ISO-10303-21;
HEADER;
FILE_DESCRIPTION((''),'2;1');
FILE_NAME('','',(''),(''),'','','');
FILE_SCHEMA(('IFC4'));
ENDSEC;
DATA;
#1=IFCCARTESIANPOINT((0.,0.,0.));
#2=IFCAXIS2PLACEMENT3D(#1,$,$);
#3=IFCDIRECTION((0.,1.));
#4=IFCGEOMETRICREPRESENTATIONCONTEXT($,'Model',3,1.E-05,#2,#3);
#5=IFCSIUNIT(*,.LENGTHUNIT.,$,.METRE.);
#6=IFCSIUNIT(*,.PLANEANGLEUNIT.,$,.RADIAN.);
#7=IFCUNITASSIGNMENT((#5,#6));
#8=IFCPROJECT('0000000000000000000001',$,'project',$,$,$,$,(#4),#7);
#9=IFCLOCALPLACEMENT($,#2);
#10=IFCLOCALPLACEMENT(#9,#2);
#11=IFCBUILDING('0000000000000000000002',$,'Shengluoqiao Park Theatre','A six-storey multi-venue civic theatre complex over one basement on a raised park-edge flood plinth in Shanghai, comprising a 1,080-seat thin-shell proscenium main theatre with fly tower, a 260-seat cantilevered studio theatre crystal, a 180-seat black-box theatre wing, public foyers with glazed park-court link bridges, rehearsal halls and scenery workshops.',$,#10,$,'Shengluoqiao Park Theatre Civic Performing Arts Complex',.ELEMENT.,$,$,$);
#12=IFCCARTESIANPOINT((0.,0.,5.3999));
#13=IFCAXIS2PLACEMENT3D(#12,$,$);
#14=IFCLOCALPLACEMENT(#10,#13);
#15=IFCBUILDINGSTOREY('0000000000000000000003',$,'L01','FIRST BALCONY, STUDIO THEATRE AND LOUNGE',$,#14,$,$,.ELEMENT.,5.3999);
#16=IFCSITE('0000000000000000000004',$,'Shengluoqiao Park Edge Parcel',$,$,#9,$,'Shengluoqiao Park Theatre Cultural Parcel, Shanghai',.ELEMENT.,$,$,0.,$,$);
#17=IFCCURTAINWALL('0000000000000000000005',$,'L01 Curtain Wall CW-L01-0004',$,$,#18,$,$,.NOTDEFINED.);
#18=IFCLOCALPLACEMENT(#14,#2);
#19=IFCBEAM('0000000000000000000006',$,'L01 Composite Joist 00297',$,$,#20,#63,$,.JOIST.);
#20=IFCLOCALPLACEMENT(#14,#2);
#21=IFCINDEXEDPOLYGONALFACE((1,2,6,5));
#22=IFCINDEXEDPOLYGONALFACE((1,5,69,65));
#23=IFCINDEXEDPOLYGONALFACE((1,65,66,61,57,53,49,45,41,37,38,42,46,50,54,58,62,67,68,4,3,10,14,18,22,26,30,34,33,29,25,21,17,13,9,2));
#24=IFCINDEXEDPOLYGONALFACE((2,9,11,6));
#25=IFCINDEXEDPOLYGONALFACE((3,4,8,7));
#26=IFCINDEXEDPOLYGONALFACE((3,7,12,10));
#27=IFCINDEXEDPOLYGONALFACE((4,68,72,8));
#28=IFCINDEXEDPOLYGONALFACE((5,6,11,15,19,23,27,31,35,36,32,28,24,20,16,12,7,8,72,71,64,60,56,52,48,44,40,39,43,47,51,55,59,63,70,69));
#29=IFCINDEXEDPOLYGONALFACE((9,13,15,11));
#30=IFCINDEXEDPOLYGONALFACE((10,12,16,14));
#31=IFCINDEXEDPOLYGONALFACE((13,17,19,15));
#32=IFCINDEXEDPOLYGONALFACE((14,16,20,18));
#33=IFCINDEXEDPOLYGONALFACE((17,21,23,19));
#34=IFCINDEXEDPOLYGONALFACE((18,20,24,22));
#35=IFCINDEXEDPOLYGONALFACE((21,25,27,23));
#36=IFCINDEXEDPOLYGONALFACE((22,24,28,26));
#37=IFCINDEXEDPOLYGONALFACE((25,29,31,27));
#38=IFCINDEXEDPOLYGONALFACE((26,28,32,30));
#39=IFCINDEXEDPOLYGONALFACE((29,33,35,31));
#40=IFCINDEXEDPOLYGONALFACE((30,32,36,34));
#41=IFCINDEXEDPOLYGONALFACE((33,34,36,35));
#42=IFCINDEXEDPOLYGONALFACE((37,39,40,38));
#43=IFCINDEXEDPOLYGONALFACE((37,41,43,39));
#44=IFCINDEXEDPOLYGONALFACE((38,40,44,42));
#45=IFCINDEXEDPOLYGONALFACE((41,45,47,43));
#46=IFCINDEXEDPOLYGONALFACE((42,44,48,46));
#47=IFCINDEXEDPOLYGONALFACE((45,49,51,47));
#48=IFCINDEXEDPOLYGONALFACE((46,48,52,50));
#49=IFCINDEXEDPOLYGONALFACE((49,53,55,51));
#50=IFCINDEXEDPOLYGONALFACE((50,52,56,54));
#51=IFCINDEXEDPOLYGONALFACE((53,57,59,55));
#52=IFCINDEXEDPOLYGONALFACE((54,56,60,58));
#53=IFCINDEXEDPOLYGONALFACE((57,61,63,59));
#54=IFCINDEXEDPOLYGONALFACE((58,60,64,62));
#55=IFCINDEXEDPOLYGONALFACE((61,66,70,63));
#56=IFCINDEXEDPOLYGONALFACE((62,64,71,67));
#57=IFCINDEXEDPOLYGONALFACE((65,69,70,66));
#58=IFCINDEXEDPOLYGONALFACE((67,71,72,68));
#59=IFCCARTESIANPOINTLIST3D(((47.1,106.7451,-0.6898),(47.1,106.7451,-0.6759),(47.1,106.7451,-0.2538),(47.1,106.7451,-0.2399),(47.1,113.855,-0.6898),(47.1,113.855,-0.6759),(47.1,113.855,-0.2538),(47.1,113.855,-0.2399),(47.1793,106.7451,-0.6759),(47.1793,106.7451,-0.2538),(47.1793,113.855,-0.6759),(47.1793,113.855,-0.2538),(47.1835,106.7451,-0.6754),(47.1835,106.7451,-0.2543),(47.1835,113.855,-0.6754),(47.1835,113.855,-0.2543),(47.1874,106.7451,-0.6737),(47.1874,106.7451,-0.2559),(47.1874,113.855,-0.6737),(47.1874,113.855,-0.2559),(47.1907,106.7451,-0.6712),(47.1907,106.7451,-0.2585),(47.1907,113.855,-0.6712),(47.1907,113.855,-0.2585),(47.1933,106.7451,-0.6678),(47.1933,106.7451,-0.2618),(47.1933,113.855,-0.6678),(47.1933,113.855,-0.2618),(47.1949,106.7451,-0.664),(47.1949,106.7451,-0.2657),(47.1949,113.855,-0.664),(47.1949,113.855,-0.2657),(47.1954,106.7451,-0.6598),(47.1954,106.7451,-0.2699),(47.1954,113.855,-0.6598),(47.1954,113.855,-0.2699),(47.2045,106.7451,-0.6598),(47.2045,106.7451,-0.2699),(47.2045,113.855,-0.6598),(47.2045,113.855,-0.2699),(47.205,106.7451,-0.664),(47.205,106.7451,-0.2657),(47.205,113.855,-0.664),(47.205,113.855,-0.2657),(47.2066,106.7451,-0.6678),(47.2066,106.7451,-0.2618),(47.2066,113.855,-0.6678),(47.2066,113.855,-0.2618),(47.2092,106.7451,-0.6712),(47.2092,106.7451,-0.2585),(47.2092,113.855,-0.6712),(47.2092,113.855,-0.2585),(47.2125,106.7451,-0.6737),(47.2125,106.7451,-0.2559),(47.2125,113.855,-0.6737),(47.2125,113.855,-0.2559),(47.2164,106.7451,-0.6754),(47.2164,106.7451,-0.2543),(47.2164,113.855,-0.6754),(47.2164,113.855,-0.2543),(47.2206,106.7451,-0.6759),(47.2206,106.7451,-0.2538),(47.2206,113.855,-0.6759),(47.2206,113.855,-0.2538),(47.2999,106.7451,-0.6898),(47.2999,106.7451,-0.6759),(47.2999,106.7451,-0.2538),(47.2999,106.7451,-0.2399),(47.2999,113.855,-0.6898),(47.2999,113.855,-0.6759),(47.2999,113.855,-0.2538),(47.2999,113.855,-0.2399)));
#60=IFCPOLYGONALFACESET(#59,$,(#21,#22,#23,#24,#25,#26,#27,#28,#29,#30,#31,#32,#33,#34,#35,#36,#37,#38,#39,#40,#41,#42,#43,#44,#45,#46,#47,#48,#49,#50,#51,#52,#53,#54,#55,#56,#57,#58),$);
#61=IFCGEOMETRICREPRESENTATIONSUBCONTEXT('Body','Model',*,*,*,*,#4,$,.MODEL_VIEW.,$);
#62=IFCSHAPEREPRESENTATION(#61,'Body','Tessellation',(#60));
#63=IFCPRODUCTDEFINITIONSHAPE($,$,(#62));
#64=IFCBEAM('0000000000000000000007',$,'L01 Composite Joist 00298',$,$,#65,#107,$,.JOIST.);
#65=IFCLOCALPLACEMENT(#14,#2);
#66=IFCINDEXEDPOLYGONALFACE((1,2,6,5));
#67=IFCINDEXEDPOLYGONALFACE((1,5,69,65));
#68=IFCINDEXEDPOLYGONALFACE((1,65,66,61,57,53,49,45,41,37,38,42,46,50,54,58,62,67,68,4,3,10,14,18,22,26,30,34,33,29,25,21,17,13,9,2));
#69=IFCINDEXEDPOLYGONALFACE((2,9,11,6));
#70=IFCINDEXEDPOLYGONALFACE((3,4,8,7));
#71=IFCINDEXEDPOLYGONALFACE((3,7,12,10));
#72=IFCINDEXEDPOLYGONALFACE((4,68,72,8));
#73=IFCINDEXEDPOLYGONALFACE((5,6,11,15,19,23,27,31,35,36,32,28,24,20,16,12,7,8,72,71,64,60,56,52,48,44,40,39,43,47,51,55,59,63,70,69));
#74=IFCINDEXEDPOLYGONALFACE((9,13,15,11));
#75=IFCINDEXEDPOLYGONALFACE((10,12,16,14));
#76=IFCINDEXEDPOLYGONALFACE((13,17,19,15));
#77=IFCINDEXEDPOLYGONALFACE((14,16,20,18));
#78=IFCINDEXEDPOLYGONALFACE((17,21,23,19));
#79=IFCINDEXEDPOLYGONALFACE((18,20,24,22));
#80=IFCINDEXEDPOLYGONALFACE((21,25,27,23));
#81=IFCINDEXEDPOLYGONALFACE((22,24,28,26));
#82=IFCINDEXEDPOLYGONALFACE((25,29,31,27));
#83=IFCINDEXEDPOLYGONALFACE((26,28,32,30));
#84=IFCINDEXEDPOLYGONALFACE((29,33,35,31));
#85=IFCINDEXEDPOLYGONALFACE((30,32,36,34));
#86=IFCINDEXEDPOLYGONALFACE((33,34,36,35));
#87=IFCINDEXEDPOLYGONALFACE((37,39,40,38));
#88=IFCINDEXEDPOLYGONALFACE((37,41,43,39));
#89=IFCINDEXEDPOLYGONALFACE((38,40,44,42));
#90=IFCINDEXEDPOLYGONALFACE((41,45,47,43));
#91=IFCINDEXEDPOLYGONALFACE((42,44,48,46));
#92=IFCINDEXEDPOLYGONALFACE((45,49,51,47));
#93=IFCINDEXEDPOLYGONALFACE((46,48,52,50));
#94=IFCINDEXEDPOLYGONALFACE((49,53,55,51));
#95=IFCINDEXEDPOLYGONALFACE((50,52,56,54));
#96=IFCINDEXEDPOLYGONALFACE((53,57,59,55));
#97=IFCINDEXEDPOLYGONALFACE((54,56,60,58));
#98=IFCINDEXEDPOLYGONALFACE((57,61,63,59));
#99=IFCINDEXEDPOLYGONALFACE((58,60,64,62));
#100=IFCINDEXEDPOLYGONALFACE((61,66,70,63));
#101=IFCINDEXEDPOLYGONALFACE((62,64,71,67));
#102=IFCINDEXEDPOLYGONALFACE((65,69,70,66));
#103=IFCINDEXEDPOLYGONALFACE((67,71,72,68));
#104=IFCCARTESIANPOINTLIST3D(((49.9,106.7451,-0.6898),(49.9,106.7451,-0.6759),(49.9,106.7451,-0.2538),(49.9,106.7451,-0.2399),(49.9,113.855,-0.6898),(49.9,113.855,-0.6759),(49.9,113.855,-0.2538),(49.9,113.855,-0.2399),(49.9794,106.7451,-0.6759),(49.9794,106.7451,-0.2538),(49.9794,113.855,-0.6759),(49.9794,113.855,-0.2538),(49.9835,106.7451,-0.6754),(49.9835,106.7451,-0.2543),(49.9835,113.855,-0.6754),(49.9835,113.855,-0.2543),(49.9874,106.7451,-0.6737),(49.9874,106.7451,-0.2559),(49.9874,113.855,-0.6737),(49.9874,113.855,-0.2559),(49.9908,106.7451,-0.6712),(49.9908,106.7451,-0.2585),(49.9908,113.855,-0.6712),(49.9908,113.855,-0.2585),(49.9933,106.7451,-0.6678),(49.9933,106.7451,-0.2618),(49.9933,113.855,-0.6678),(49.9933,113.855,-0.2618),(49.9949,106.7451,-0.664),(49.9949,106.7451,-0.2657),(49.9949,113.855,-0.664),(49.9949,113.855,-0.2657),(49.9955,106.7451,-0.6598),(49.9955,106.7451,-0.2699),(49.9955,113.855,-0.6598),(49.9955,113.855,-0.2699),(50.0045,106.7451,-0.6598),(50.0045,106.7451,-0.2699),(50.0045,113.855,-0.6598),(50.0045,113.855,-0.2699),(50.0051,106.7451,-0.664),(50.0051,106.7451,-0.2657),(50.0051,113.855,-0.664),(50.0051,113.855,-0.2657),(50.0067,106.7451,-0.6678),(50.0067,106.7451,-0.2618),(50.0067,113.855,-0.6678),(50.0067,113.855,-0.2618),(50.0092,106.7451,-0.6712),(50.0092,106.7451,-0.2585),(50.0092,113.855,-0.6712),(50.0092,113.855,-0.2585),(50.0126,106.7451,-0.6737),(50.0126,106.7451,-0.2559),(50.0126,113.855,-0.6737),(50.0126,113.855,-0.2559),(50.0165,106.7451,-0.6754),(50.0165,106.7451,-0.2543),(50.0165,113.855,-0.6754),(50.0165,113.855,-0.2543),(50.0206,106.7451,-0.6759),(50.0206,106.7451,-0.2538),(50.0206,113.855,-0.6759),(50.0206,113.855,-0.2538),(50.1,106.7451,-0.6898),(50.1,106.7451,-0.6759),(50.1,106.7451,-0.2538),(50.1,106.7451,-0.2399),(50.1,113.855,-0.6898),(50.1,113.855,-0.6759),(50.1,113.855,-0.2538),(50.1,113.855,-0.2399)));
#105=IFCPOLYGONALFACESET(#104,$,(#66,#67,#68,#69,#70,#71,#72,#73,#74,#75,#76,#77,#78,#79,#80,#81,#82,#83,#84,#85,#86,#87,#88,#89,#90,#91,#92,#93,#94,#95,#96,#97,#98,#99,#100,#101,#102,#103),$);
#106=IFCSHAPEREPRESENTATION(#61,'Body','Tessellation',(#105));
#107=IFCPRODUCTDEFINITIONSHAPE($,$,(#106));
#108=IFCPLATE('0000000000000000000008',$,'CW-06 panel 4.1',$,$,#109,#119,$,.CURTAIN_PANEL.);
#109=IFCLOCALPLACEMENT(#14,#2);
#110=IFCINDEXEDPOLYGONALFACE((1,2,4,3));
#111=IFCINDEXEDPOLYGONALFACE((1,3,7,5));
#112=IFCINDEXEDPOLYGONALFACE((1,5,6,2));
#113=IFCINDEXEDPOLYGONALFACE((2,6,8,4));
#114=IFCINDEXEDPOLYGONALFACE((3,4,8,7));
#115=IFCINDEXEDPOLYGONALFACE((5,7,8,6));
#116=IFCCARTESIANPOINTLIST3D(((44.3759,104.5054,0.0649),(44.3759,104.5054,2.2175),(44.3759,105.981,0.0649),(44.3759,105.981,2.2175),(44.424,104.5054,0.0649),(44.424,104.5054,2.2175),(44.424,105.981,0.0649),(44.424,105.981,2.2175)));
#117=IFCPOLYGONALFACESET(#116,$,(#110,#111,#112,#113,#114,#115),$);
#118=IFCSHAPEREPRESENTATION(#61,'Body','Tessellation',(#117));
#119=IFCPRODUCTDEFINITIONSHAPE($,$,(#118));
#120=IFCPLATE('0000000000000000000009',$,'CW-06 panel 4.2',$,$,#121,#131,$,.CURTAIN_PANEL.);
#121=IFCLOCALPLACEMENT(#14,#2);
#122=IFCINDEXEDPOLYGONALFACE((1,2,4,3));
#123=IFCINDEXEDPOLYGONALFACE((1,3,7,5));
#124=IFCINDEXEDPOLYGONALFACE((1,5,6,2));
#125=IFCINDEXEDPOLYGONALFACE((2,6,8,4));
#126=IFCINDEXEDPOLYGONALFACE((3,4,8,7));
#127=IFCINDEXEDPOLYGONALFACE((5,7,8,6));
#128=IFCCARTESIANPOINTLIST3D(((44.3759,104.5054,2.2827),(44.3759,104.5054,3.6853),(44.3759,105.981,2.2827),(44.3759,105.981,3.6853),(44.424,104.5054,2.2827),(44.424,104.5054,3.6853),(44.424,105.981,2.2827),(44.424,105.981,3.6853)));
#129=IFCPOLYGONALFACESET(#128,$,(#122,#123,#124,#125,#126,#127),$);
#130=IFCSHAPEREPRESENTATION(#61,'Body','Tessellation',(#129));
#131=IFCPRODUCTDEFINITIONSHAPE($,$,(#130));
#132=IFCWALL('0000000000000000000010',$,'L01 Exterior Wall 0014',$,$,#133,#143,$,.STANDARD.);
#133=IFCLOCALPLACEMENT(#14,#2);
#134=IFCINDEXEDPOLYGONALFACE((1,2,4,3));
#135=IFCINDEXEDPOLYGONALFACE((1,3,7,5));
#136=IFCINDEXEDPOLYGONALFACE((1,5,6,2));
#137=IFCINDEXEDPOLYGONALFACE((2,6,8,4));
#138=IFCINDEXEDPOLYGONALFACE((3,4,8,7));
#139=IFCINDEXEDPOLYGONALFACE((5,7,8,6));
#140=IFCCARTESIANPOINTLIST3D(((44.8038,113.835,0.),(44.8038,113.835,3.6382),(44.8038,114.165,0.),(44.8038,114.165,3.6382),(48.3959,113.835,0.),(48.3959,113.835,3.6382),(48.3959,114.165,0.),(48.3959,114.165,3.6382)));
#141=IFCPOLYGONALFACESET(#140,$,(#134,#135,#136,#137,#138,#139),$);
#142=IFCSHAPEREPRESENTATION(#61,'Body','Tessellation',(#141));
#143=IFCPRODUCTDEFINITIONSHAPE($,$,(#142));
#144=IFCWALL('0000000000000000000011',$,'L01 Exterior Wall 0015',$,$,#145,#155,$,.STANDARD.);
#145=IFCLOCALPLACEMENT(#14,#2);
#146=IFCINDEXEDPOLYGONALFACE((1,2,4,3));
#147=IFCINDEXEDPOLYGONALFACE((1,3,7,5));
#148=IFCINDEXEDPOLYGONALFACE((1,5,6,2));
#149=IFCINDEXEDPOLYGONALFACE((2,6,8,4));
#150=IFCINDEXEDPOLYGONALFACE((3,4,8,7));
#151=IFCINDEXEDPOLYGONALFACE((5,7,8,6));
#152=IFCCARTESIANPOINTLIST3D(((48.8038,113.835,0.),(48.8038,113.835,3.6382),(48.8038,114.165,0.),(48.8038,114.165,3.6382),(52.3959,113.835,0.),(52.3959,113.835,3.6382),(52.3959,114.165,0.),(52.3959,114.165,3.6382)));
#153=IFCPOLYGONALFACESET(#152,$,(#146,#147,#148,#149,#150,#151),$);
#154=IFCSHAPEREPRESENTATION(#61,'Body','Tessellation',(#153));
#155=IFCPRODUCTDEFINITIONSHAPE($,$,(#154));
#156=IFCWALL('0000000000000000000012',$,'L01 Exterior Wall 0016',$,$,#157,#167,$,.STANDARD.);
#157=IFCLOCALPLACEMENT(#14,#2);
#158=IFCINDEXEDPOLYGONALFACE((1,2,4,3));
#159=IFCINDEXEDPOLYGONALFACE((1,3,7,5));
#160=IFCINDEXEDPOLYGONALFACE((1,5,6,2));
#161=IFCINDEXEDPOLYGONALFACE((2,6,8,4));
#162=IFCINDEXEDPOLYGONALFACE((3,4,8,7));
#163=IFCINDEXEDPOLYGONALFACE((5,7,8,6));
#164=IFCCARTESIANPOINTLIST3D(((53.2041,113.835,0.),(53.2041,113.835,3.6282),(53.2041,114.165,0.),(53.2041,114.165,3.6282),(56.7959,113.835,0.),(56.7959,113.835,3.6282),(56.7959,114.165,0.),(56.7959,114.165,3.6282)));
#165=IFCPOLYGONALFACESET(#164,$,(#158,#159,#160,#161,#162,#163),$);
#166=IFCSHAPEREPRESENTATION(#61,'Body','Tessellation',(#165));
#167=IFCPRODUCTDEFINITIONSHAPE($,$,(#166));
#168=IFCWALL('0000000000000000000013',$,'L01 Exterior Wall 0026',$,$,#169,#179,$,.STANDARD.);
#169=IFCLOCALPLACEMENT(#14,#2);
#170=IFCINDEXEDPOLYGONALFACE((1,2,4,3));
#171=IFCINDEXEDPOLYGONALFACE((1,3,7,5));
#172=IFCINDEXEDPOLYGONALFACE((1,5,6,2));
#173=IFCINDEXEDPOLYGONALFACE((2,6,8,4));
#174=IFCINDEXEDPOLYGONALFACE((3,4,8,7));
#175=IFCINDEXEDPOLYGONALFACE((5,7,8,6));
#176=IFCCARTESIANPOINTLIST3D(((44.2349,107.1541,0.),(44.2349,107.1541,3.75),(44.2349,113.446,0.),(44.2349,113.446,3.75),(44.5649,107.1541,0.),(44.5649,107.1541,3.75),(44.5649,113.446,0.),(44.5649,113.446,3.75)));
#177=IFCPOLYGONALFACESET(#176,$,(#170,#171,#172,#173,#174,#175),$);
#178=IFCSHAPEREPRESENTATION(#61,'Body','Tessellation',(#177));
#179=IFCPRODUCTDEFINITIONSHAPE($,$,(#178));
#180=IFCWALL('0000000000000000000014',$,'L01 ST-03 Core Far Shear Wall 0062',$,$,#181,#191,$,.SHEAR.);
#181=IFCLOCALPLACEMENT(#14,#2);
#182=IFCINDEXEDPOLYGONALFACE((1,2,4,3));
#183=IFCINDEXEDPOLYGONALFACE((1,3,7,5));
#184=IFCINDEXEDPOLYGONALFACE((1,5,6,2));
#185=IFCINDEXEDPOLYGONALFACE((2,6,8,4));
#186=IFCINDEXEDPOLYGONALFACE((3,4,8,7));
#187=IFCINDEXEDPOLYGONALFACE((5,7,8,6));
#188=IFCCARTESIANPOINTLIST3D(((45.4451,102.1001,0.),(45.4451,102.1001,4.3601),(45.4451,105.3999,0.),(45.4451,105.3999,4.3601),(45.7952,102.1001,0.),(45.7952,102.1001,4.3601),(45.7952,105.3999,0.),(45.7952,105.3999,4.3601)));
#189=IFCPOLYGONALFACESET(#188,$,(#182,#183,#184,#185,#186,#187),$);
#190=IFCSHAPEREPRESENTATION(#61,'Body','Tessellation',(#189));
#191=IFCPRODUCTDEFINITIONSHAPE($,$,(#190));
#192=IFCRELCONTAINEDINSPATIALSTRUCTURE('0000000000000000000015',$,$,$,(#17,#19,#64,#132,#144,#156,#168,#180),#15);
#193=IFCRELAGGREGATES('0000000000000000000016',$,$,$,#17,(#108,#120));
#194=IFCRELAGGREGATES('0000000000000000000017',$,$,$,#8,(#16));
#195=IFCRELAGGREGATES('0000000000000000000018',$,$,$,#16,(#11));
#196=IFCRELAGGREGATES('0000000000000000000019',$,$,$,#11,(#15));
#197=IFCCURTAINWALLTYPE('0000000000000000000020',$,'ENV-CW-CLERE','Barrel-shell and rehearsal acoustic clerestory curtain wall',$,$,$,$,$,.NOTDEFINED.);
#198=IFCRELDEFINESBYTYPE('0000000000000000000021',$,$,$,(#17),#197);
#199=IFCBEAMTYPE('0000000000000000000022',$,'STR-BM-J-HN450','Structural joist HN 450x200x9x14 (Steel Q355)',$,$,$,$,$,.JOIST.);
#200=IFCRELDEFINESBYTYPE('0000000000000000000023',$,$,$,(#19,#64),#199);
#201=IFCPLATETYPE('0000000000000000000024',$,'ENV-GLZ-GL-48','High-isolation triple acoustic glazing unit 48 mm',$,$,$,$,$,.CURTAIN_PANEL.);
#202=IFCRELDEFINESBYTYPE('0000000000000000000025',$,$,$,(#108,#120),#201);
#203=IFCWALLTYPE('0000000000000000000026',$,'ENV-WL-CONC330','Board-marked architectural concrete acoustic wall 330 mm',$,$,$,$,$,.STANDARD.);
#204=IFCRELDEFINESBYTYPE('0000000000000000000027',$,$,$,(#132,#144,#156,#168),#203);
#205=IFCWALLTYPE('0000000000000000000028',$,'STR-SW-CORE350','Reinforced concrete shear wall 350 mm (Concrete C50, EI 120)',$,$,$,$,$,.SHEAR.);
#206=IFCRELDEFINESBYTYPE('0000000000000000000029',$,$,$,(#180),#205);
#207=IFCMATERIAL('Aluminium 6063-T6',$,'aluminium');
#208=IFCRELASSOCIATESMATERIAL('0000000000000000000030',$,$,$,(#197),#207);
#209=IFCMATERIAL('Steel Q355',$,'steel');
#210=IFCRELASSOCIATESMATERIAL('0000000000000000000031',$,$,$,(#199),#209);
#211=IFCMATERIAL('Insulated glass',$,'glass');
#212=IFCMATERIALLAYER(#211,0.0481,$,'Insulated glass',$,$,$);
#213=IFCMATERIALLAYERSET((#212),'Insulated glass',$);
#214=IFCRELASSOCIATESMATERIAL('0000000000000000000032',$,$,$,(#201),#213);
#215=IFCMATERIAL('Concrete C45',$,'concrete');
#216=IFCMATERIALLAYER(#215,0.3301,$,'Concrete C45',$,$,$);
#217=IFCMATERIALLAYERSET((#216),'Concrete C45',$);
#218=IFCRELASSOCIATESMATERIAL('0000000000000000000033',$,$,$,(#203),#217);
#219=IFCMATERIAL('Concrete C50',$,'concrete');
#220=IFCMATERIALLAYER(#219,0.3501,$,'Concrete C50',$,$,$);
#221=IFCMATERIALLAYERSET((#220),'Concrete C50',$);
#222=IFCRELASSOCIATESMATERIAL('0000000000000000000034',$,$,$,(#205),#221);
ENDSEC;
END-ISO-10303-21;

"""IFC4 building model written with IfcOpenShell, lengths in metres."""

from ifc_helpers import new_model, si_unit, direction, frame, frame_2d, origin, origin_2d, place, context, subcontext, project, spatial, rectangle, i_section, extrude, material, layer, layer_set, material_profile, profile_set, type_object, element, aggregate, save


model = new_model("IFC4")

# Units and contexts
model_context = context("Model", 3, precision=1e-05, world=origin(), true_north=direction((0.0, 1.0)))
body_context = subcontext(model_context, "Body", "Model", "MODEL_VIEW")
ifc_project = project(units=[si_unit("LENGTHUNIT", "METRE"), si_unit("PLANEANGLEUNIT", "RADIAN")], contexts=[model_context])

# Site, building, storey
site_placement = place(None, origin())
site = spatial("IfcSite", under=ifc_project, at=site_placement, Name="Shengluoqiao Park Edge Parcel", LongName="Shengluoqiao Park Theatre Cultural Parcel, Shanghai", CompositionType="ELEMENT", RefElevation=0.0)
building_placement = place(site_placement, origin())
building = spatial("IfcBuilding", under=site, at=building_placement, Name="Shengluoqiao Park Theatre", Description="A six-storey multi-venue civic theatre complex over one basement on a raised park-edge flood plinth in Shanghai, comprising a 1,080-seat thin-shell proscenium main theatre with fly tower, a 260-seat cantilevered studio theatre crystal, a 180-seat black-box theatre wing, public foyers with glazed park-court link bridges, rehearsal halls and scenery workshops.", LongName="Shengluoqiao Park Theatre Civic Performing Arts Complex", CompositionType="ELEMENT")
storey_placement = place(building_placement, frame((0.0, 0.0, 5.3999)))
storey = spatial("IfcBuildingStorey", under=building, at=storey_placement, Name="L01", Description="FIRST BALCONY, STUDIO THEATRE AND LOUNGE", CompositionType="ELEMENT", Elevation=5.3999)

# Shared definitions
ifc_material_1 = material(Name="Concrete C50", Category="concrete")

# Curtain wall
ifc_material_2 = material(Name="Aluminium 6063-T6", Category="aluminium")
curtain_wall_type = type_object("IfcCurtainWallType", Name="ENV-CW-CLERE", Description="Barrel-shell and rehearsal acoustic clerestory curtain wall", PredefinedType="NOTDEFINED", material=ifc_material_2)
curtain_wall_placement = place(storey_placement, origin())
curtain_wall = element("IfcCurtainWall", 1, at=curtain_wall_placement, inside=storey, type_object=curtain_wall_type, Name="L01 Curtain Wall CW-L01-0004", PredefinedType="NOTDEFINED")

# Beams
ifc_material_3 = material(Name="Steel Q355", Category="steel")
ifc_material_profile_1 = material_profile(ifc_material_3, i_section(OverallWidth=0.2, OverallDepth=0.45, WebThickness=0.009, FlangeThickness=0.0139, FilletRadius=0.0161, at=origin_2d()), Name="HN 450x200x9x14")
ifc_profile_set_1 = profile_set([ifc_material_profile_1], Name="Steel Q355")
beam_type_1 = type_object("IfcBeamType", Name="STR-BM-J-HN450", Description="Structural joist HN 450x200x9x14 (Steel Q355)", PredefinedType="JOIST", material=ifc_profile_set_1)
for number, where, z_axis, x_axis, name in (
    (2, (47.2, 106.7451, -0.4648), (0.0, 1.0, 0.0), (-1.0, 0.0, 0.0), "L01 Composite Joist 00297"),
    (3, (50.0, 106.7451, -0.4648), (0.0, 1.0, 0.0), (-1.0, 0.0, 0.0), "L01 Composite Joist 00298"),
):
    element("IfcBeam", number, at=place(storey_placement, frame(where, z_axis=z_axis, x_axis=x_axis)), inside=storey, type_object=beam_type_1, Name=name, PredefinedType="JOIST", context=body_context, shape_type="SweptSolid", body=[
        extrude(i_section(OverallWidth=0.2, OverallDepth=0.45, WebThickness=0.009, FlangeThickness=0.0139, FilletRadius=0.0161, at=origin_2d()), origin(), (0.0, 0.0, 1.0), 7.1099),
    ])

# Plates
ifc_material_4 = material(Name="Insulated glass", Category="glass")
ifc_layer_1 = layer(ifc_material_4, 0.0481, Name="Insulated glass")
ifc_layer_set_1 = layer_set([ifc_layer_1], Name="Insulated glass")
plate_type = type_object("IfcPlateType", Name="ENV-GLZ-GL-48", Description="High-isolation triple acoustic glazing unit 48 mm", PredefinedType="CURTAIN_PANEL", material=ifc_layer_set_1)
plate_1_placement = place(storey_placement, frame((44.3999, 105.2432, 0.0649), z_axis=(0.0, 0.0, 1.0), x_axis=(0.0, 1.0, 0.0)))
plate_1 = element("IfcPlate", 4, at=plate_1_placement, type_object=plate_type, Name="CW-06 panel 4.1", PredefinedType="CURTAIN_PANEL", context=body_context, shape_type="SweptSolid", body=[
    extrude(rectangle(XDim=1.4756, YDim=0.0481, at=origin_2d()), origin(), (0.0, 0.0, 1.0), 2.1526),
])
plate_2_placement = place(storey_placement, frame((44.3999, 105.2432, 2.2827), z_axis=(0.0, 0.0, 1.0), x_axis=(0.0, 1.0, 0.0)))
plate_2 = element("IfcPlate", 5, at=plate_2_placement, type_object=plate_type, Name="CW-06 panel 4.2", PredefinedType="CURTAIN_PANEL", context=body_context, shape_type="SweptSolid", body=[
    extrude(rectangle(XDim=1.4756, YDim=0.0481, at=origin_2d()), origin(), (0.0, 0.0, 1.0), 1.4026),
])
aggregate(curtain_wall, [plate_1, plate_2])

# Walls
ifc_material_5 = material(Name="Concrete C45", Category="concrete")
ifc_layer_2 = layer(ifc_material_5, 0.3301, Name="Concrete C45")
ifc_layer_set_2 = layer_set([ifc_layer_2], Name="Concrete C45")
wall_type_1 = type_object("IfcWallType", Name="ENV-WL-CONC330", Description="Board-marked architectural concrete acoustic wall 330 mm", PredefinedType="STANDARD", material=ifc_layer_set_2)
for number, where, z_axis, x_axis, name in (
    (6, (44.804, 114.0, 0.0), (0.0, 0.0, 1.0), (1.0, 0.0, 0.0), "L01 Exterior Wall 0014"),
    (7, (48.804, 114.0, 0.0), (0.0, 0.0, 1.0), (1.0, 0.0, 0.0), "L01 Exterior Wall 0015"),
):
    element("IfcWall", number, at=place(storey_placement, frame(where, z_axis=z_axis, x_axis=x_axis)), inside=storey, type_object=wall_type_1, Name=name, PredefinedType="STANDARD", context=body_context, shape_type="SweptSolid", body=[
        extrude(rectangle(XDim=3.592, YDim=0.3301, at=frame_2d((1.7959, 0.0))), origin(), (0.0, 0.0, 1.0), 3.6382),
    ])
wall_1_placement = place(storey_placement, frame((53.2041, 114.0, 0.0), z_axis=(0.0, 0.0, 1.0), x_axis=(1.0, 0.0, 0.0)))
element("IfcWall", 8, at=wall_1_placement, inside=storey, type_object=wall_type_1, Name="L01 Exterior Wall 0016", PredefinedType="STANDARD", context=body_context, shape_type="SweptSolid", body=[
    extrude(rectangle(XDim=3.5918, YDim=0.3301, at=frame_2d((1.7959, 0.0))), origin(), (0.0, 0.0, 1.0), 3.6282),
])
wall_2_placement = place(storey_placement, frame((44.3999, 107.1541, 0.0), z_axis=(0.0, 0.0, 1.0), x_axis=(0.0, 1.0, 0.0)))
element("IfcWall", 9, at=wall_2_placement, inside=storey, type_object=wall_type_1, Name="L01 Exterior Wall 0026", PredefinedType="STANDARD", context=body_context, shape_type="SweptSolid", body=[
    extrude(rectangle(XDim=6.292, YDim=0.3301, at=frame_2d((3.146, 0.0))), origin(), (0.0, 0.0, 1.0), 3.75),
])
ifc_layer_3 = layer(ifc_material_1, 0.3501, Name="Concrete C50")
ifc_layer_set_3 = layer_set([ifc_layer_3], Name="Concrete C50")
wall_type_2 = type_object("IfcWallType", Name="STR-SW-CORE350", Description="Reinforced concrete shear wall 350 mm (Concrete C50, EI 120)", PredefinedType="SHEAR", material=ifc_layer_set_3)
wall_3_placement = place(storey_placement, frame((45.6201, 105.3999, 0.0), z_axis=(0.0, 0.0, 1.0), x_axis=(0.0, -1.0, 0.0)))
element("IfcWall", 10, at=wall_3_placement, inside=storey, type_object=wall_type_2, Name="L01 ST-03 Core Far Shear Wall 0062", PredefinedType="SHEAR", context=body_context, shape_type="SweptSolid", body=[
    extrude(rectangle(XDim=3.2998, YDim=0.3501, at=frame_2d((1.6499, 0.0))), origin(), (0.0, 0.0, 1.0), 4.3601),
])

save(model, "model.ifc")
